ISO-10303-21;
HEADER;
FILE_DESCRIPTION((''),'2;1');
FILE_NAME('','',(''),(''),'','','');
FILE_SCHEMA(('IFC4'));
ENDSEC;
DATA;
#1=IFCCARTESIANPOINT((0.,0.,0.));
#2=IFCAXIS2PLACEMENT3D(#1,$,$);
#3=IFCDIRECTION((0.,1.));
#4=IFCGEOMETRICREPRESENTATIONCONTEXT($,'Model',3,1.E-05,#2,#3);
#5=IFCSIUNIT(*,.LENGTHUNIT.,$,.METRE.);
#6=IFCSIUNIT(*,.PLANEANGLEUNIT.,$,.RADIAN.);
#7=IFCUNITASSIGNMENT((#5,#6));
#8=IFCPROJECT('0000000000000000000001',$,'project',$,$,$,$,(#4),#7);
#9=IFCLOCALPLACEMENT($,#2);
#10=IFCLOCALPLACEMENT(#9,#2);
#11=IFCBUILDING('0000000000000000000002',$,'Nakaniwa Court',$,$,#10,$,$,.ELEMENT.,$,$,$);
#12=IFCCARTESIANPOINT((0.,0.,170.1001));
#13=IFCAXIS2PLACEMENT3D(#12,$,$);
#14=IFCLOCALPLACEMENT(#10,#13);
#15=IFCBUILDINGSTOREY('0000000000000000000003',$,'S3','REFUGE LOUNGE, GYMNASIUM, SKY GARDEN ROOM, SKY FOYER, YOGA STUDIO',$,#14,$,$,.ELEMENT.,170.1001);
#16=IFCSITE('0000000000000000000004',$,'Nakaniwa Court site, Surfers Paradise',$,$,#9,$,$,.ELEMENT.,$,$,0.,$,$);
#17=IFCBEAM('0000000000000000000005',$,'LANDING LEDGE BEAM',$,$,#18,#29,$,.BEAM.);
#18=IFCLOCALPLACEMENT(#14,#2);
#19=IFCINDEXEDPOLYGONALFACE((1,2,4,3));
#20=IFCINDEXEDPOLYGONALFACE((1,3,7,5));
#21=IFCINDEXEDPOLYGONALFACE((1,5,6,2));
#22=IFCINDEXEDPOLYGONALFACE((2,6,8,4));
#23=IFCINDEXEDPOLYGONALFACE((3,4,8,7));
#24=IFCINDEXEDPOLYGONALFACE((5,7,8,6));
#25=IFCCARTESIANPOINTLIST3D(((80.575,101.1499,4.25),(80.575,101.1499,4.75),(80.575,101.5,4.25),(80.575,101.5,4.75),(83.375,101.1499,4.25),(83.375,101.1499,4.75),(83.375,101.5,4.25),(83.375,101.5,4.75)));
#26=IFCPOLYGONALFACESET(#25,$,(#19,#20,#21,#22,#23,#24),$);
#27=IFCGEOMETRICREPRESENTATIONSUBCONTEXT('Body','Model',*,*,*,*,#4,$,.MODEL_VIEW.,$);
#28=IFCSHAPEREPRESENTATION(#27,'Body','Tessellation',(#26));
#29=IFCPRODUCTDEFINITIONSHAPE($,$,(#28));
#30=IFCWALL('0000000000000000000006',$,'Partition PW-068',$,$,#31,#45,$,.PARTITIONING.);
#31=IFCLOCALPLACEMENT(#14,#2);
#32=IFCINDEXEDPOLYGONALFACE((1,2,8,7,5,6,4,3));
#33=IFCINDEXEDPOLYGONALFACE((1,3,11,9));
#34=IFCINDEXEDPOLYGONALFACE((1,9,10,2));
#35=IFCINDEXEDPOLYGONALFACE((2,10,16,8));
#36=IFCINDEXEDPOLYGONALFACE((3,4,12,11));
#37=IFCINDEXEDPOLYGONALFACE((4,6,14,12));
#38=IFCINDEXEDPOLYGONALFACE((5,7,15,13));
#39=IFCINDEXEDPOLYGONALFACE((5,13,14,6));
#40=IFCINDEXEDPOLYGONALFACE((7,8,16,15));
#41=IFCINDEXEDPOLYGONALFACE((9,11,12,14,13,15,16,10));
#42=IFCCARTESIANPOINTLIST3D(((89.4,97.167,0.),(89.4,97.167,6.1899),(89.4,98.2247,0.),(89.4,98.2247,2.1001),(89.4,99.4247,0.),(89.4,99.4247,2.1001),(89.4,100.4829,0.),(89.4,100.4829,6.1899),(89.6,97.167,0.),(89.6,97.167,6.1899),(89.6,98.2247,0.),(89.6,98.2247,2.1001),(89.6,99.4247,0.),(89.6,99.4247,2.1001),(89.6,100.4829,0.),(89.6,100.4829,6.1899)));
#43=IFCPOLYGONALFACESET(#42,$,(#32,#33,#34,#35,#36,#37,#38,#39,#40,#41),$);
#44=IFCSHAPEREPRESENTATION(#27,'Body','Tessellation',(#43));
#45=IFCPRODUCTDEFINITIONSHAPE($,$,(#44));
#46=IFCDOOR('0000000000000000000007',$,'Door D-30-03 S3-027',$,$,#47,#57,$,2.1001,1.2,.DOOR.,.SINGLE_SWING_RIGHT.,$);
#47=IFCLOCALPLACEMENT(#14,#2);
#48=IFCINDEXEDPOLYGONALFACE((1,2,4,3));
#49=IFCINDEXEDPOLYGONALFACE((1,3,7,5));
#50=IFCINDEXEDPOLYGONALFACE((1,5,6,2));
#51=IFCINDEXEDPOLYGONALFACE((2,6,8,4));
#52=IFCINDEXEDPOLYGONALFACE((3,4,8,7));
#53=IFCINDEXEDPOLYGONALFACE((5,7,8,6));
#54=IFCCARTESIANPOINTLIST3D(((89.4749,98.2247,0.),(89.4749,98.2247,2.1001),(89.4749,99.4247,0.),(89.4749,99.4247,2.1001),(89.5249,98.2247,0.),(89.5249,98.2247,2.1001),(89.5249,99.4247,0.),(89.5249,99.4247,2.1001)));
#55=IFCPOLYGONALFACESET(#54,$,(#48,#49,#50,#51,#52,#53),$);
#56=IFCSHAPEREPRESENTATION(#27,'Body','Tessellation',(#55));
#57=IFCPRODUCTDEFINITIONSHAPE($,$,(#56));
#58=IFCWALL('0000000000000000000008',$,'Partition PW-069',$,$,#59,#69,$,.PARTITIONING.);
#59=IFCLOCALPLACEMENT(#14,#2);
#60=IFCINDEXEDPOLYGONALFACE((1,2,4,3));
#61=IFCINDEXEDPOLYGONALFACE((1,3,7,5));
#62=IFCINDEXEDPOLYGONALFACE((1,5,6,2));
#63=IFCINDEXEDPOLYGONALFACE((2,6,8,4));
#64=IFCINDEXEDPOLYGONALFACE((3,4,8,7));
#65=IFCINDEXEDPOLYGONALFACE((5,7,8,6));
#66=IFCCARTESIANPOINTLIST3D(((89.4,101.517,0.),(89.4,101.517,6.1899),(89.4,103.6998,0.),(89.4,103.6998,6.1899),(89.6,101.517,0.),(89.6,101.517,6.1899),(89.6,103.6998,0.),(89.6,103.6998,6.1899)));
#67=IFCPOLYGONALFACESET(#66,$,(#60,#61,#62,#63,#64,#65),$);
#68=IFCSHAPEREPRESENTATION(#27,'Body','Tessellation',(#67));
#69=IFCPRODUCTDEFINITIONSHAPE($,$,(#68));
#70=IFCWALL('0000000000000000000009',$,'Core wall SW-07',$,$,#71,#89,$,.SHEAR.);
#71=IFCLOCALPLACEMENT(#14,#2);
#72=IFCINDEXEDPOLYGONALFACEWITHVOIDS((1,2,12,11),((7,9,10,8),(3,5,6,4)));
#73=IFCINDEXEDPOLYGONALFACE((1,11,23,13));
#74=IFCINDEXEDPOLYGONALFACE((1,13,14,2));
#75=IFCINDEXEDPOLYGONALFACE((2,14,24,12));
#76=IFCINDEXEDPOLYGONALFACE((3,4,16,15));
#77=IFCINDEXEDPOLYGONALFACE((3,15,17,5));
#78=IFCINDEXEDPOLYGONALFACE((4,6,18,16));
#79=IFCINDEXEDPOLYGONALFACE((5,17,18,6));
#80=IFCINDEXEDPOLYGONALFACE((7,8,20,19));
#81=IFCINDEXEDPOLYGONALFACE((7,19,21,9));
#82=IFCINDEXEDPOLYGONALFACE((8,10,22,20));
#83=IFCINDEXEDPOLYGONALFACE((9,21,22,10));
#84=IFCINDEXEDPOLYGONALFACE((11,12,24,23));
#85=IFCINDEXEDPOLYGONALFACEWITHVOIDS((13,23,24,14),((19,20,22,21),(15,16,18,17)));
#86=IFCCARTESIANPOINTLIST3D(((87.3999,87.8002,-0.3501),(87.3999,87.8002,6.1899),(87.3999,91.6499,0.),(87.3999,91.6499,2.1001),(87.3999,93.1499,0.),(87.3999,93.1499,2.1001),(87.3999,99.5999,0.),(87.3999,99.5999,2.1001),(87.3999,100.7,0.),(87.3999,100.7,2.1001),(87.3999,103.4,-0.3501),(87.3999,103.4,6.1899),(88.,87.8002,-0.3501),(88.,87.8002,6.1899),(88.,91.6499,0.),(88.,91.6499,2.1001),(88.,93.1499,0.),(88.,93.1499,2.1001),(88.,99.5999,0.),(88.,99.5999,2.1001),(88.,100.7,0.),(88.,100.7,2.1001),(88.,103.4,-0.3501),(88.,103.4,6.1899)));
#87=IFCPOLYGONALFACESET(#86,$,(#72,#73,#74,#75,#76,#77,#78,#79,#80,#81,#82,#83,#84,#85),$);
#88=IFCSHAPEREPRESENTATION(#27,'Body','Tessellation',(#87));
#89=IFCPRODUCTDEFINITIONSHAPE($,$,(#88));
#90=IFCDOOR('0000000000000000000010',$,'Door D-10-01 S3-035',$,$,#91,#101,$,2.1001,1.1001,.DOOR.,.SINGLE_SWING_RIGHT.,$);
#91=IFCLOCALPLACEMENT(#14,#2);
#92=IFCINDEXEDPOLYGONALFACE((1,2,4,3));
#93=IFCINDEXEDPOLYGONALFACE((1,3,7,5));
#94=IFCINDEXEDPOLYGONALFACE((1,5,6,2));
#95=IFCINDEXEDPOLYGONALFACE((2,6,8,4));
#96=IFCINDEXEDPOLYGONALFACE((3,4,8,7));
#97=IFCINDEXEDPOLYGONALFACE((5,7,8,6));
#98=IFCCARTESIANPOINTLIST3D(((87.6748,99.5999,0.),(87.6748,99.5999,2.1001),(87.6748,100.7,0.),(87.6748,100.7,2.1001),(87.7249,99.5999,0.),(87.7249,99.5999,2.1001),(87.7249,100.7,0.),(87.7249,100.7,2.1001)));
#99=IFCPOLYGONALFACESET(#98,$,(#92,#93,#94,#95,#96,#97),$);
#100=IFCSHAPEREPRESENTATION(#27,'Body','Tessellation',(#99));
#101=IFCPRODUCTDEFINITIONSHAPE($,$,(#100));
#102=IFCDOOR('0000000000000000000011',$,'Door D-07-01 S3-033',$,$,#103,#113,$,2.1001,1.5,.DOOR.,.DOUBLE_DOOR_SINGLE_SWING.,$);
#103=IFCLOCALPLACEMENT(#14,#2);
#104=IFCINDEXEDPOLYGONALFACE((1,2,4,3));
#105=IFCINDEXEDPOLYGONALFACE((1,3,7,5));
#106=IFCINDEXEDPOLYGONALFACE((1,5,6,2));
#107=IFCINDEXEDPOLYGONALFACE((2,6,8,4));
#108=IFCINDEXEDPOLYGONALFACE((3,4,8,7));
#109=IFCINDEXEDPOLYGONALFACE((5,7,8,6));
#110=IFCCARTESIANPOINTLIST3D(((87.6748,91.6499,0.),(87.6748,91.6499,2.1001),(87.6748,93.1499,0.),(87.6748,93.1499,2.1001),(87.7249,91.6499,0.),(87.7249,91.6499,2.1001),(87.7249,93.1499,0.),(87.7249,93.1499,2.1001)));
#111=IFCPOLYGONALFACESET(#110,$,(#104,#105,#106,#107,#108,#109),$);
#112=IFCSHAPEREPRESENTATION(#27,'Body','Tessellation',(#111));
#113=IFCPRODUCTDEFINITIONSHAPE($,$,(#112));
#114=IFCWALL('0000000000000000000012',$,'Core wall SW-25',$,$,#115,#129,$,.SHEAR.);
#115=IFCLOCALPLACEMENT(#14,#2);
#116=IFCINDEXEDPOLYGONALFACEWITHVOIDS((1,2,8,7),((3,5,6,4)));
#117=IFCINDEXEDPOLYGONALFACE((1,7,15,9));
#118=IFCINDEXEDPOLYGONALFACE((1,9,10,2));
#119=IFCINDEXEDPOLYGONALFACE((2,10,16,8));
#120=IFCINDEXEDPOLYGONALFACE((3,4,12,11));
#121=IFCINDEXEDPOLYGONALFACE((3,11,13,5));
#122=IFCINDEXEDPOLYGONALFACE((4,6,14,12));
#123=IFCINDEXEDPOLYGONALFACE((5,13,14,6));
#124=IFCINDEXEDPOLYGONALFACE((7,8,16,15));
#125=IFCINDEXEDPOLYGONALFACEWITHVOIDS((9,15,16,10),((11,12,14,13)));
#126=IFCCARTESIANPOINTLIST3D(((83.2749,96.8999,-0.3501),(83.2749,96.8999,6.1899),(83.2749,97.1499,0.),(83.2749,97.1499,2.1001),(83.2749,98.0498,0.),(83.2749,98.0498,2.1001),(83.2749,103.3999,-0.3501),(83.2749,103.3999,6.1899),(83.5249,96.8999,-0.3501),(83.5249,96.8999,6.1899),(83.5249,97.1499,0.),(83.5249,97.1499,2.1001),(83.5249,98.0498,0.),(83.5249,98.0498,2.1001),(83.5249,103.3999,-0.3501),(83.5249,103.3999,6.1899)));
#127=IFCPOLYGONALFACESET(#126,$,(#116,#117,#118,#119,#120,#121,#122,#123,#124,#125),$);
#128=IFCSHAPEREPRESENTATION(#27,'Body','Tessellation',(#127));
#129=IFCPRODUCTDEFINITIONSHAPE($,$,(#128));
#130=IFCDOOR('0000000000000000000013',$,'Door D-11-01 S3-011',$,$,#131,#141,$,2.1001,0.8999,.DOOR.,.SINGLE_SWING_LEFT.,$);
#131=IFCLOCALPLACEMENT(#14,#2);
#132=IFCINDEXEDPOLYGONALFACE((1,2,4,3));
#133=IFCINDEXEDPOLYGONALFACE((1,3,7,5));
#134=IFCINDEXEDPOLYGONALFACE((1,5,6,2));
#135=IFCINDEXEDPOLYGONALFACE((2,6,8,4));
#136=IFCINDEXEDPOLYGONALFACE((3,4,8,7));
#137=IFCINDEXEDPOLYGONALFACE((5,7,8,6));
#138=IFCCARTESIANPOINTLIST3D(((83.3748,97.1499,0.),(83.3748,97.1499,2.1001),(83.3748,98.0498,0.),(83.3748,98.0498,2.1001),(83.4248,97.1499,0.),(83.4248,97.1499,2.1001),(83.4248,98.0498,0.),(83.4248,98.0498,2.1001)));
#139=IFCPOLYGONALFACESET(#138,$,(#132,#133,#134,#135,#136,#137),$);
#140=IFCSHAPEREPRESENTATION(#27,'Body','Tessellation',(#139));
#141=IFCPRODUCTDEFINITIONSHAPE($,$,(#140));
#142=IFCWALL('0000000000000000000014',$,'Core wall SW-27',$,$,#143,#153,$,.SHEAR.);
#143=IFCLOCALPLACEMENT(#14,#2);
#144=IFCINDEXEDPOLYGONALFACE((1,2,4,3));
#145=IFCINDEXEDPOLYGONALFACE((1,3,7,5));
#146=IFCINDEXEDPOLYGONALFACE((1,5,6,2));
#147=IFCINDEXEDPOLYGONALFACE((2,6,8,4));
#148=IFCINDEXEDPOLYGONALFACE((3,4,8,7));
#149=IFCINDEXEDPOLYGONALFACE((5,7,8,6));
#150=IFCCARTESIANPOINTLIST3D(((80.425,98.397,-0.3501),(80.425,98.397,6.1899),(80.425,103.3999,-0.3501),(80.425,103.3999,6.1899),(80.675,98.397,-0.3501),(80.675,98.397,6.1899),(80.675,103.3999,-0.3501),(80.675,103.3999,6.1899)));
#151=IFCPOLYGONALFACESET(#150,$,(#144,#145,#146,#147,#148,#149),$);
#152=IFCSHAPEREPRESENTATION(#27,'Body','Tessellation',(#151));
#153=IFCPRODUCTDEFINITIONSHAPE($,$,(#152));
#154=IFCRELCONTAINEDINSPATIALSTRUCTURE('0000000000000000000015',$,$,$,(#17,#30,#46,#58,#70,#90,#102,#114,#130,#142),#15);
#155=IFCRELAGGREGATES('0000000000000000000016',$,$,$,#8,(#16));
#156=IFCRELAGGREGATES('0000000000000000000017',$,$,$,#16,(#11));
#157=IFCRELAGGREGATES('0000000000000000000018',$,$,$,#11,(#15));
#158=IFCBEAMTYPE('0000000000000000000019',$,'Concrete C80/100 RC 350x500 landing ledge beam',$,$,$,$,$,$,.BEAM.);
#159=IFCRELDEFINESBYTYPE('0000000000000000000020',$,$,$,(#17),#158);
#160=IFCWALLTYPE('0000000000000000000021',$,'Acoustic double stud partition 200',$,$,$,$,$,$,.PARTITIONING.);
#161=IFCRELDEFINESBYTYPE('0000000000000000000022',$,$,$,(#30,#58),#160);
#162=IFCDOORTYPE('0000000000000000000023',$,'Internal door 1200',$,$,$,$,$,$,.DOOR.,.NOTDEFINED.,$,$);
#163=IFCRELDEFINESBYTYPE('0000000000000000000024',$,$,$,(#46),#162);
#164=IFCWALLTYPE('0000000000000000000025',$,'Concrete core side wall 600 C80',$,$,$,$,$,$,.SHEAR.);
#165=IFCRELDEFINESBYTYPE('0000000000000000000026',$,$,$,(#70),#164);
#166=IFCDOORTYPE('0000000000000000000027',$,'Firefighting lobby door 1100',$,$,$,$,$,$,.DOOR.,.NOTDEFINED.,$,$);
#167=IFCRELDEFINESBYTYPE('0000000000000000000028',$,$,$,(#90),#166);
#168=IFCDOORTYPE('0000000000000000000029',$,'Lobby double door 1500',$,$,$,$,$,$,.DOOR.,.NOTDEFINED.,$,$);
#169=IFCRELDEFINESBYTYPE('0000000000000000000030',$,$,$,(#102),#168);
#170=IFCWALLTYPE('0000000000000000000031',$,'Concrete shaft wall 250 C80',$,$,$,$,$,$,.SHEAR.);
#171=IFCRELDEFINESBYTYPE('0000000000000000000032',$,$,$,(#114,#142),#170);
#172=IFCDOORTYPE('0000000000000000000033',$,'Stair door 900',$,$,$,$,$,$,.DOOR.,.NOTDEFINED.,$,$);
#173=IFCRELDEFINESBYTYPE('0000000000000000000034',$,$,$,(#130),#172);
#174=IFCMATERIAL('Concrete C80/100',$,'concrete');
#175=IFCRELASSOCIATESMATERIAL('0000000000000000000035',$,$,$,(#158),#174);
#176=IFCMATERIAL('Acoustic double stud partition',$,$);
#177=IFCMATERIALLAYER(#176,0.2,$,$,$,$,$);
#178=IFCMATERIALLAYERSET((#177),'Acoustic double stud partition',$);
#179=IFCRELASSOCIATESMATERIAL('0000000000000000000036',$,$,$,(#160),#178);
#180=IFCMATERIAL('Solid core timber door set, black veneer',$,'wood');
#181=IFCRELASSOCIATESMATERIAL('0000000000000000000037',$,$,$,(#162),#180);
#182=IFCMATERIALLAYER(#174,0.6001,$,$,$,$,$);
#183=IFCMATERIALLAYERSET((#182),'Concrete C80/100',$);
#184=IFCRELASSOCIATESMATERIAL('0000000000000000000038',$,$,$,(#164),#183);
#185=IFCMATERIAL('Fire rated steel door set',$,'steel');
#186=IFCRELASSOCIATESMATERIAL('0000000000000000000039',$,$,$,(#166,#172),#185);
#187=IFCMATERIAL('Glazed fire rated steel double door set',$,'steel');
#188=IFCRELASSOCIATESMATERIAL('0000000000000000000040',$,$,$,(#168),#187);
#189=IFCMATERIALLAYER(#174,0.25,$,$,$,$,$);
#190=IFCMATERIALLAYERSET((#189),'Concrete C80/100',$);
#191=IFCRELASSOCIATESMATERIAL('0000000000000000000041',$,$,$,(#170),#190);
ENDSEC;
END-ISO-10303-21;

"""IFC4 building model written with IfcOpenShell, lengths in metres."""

from ifc_helpers import new_model, si_unit, direction, frame, frame_2d, origin, origin_2d, place, context, subcontext, project, spatial, rectangle, extrude, material, layer, layer_set, material_profile, profile_set, type_object, element, fill, save


model = new_model("IFC4")

# Units and contexts
model_context = context("Model", 3, precision=1e-05, world=origin(), true_north=direction((0.0, 1.0)))
body_context = subcontext(model_context, "Body", "Model", "MODEL_VIEW")
ifc_project = project(units=[si_unit("LENGTHUNIT", "METRE"), si_unit("PLANEANGLEUNIT", "RADIAN")], contexts=[model_context])

# Site, building, storey
site_placement = place(None, origin())
site = spatial("IfcSite", under=ifc_project, at=site_placement, Name="Nakaniwa Court site, Surfers Paradise", CompositionType="ELEMENT", RefElevation=0.0)
building_placement = place(site_placement, origin())
building = spatial("IfcBuilding", under=site, at=building_placement, Name="Nakaniwa Court", CompositionType="ELEMENT")
storey_placement = place(building_placement, frame((0.0, 0.0, 170.1001)))
storey = spatial("IfcBuildingStorey", under=building, at=storey_placement, Name="S3", Description="REFUGE LOUNGE, GYMNASIUM, SKY GARDEN ROOM, SKY FOYER, YOGA STUDIO", CompositionType="ELEMENT", Elevation=170.1001)

# Beam
ifc_material_1 = material(Name="Concrete C80/100", Category="concrete")
ifc_material_profile = material_profile(ifc_material_1, rectangle(XDim=0.3501, YDim=0.5, at=origin_2d()), Name="Concrete C80/100 RC 350x500 landing ledge beam")
ifc_profile_set = profile_set([ifc_material_profile], Name="Concrete C80/100")
beam_type = type_object("IfcBeamType", Name="Concrete C80/100 RC 350x500 landing ledge beam", PredefinedType="BEAM", material=ifc_profile_set)
beam_placement = place(storey_placement, frame((80.575, 101.325, 4.5), z_axis=(1.0, 0.0, 0.0), x_axis=(0.0, 1.0, 0.0)))
element("IfcBeam", 1, at=beam_placement, inside=storey, type_object=beam_type, Name="LANDING LEDGE BEAM", PredefinedType="BEAM", context=body_context, shape_type="SweptSolid", body=[
    extrude(rectangle(XDim=0.3501, YDim=0.5, at=origin_2d()), origin(), (0.0, 0.0, 1.0), 2.8),
])

# Wall, opening, door
ifc_material_2 = material(Name="Acoustic double stud partition")
ifc_layer_1 = layer(ifc_material_2, 0.2)
ifc_layer_set_1 = layer_set([ifc_layer_1], Name="Acoustic double stud partition")
wall_type_1 = type_object("IfcWallType", Name="Acoustic double stud partition 200", PredefinedType="PARTITIONING", material=ifc_layer_set_1)
wall_1_placement = place(storey_placement, frame((89.5, 100.4829, 0.0), z_axis=(0.0, 0.0, 1.0), x_axis=(0.0, -1.0, 0.0)))
wall_1 = element("IfcWall", 2, at=wall_1_placement, inside=storey, type_object=wall_type_1, Name="Partition PW-068", PredefinedType="PARTITIONING", context=body_context, shape_type="SweptSolid", body=[
    extrude(rectangle(XDim=3.3159, YDim=0.2, at=frame_2d((1.658, 0.0))), origin(), (0.0, 0.0, 1.0), 6.1899),
])
opening_1_placement = place(wall_1_placement, frame((1.0581, 0.0, 0.0)))
opening_1 = element("IfcOpeningElement", 3, at=opening_1_placement, cuts=wall_1, PredefinedType="OPENING", context=body_context, shape_type="SweptSolid", body=[
    extrude(rectangle(XDim=1.2, YDim=2.1001, at=frame_2d((0.6001, 1.05))), frame((0.0, 0.1099, 0.0), z_axis=(0.0, -1.0, 0.0), x_axis=(1.0, 0.0, 0.0)), (0.0, 0.0, 1.0), 0.22),
])
ifc_material_3 = material(Name="Solid core timber door set, black veneer", Category="wood")
door_type_1 = type_object("IfcDoorType", Name="Internal door 1200", OperationType="NOTDEFINED", PredefinedType="DOOR", material=ifc_material_3)
door_1_placement = place(opening_1_placement, origin())
door_1 = element("IfcDoor", 4, at=door_1_placement, inside=storey, type_object=door_type_1, Name="Door D-30-03 S3-027", OperationType="SINGLE_SWING_RIGHT", OverallHeight=2.1001, OverallWidth=1.2, PredefinedType="DOOR", context=body_context, shape_type="SweptSolid", body=[
    extrude(rectangle(XDim=1.2, YDim=2.1001, at=frame_2d((0.6001, 1.05))), frame((0.0, 0.0249, 0.0), z_axis=(0.0, -1.0, 0.0), x_axis=(1.0, 0.0, 0.0)), (0.0, 0.0, 1.0), 0.05),
])
fill(opening_1, door_1)

# Wall
wall_2_placement = place(storey_placement, frame((89.5, 101.5171, 0.0), z_axis=(0.0, 0.0, 1.0), x_axis=(0.0, 1.0, 0.0)))
element("IfcWall", 5, at=wall_2_placement, inside=storey, type_object=wall_type_1, Name="Partition PW-069", PredefinedType="PARTITIONING", context=body_context, shape_type="SweptSolid", body=[
    extrude(rectangle(XDim=2.1829, YDim=0.2, at=frame_2d((1.0913, 0.0))), origin(), (0.0, 0.0, 1.0), 6.1899),
])

# Wall, openings, doors
ifc_layer_2 = layer(ifc_material_1, 0.6001)
ifc_layer_set_2 = layer_set([ifc_layer_2], Name="Concrete C80/100")
wall_type_2 = type_object("IfcWallType", Name="Concrete core side wall 600 C80", PredefinedType="SHEAR", material=ifc_layer_set_2)
wall_3_placement = place(storey_placement, frame((87.7, 103.3999, -0.3501), z_axis=(0.0, 0.0, 1.0), x_axis=(0.0, -1.0, 0.0)))
wall_3 = element("IfcWall", 6, at=wall_3_placement, inside=storey, type_object=wall_type_2, Name="Core wall SW-07", PredefinedType="SHEAR", context=body_context, shape_type="SweptSolid", body=[
    extrude(rectangle(XDim=15.5999, YDim=0.6001, at=frame_2d((7.7998, 0.0))), origin(), (0.0, 0.0, 1.0), 6.54),
])
opening_2_placement = place(wall_3_placement, frame((10.25, 0.0, 0.3501)))
opening_2 = element("IfcOpeningElement", 7, at=opening_2_placement, cuts=wall_3, PredefinedType="OPENING", context=body_context, shape_type="SweptSolid", body=[
    extrude(rectangle(XDim=1.5, YDim=2.1001, at=frame_2d((0.75, 1.05))), frame((0.0, 0.3101, 0.0), z_axis=(0.0, -1.0, 0.0), x_axis=(1.0, 0.0, 0.0)), (0.0, 0.0, 1.0), 0.6201),
])
opening_3_placement = place(wall_3_placement, frame((2.7, 0.0, 0.3501)))
opening_3 = element("IfcOpeningElement", 8, at=opening_3_placement, cuts=wall_3, PredefinedType="OPENING", context=body_context, shape_type="SweptSolid", body=[
    extrude(rectangle(XDim=1.1001, YDim=2.1001, at=frame_2d((0.55, 1.05))), frame((0.0, 0.3101, 0.0), z_axis=(0.0, -1.0, 0.0), x_axis=(1.0, 0.0, 0.0)), (0.0, 0.0, 1.0), 0.6201),
])
ifc_material_4 = material(Name="Fire rated steel door set", Category="steel")
door_type_2 = type_object("IfcDoorType", Name="Firefighting lobby door 1100", OperationType="NOTDEFINED", PredefinedType="DOOR", material=ifc_material_4)
door_2_placement = place(opening_3_placement, origin())
door_2 = element("IfcDoor", 9, at=door_2_placement, inside=storey, type_object=door_type_2, Name="Door D-10-01 S3-035", OperationType="SINGLE_SWING_RIGHT", OverallHeight=2.1001, OverallWidth=1.1001, PredefinedType="DOOR", context=body_context, shape_type="SweptSolid", body=[
    extrude(rectangle(XDim=1.1001, YDim=2.1001, at=frame_2d((0.55, 1.05))), frame((0.0, 0.0249, 0.0), z_axis=(0.0, -1.0, 0.0), x_axis=(1.0, 0.0, 0.0)), (0.0, 0.0, 1.0), 0.05),
])
fill(opening_3, door_2)
ifc_material_5 = material(Name="Glazed fire rated steel double door set", Category="steel")
door_type_3 = type_object("IfcDoorType", Name="Lobby double door 1500", OperationType="NOTDEFINED", PredefinedType="DOOR", material=ifc_material_5)
door_3_placement = place(opening_2_placement, origin())
door_3 = element("IfcDoor", 10, at=door_3_placement, inside=storey, type_object=door_type_3, Name="Door D-07-01 S3-033", OperationType="DOUBLE_DOOR_SINGLE_SWING", OverallHeight=2.1001, OverallWidth=1.5, PredefinedType="DOOR", context=body_context, shape_type="SweptSolid", body=[
    extrude(rectangle(XDim=1.5, YDim=2.1001, at=frame_2d((0.75, 1.05))), frame((0.0, 0.0249, 0.0), z_axis=(0.0, -1.0, 0.0), x_axis=(1.0, 0.0, 0.0)), (0.0, 0.0, 1.0), 0.05),
])
fill(opening_2, door_3)

# Wall, opening, door
ifc_layer_3 = layer(ifc_material_1, 0.25)
ifc_layer_set_3 = layer_set([ifc_layer_3], Name="Concrete C80/100")
wall_type_3 = type_object("IfcWallType", Name="Concrete shaft wall 250 C80", PredefinedType="SHEAR", material=ifc_layer_set_3)
wall_4_placement = place(storey_placement, frame((83.3999, 103.3999, -0.3501), z_axis=(0.0, 0.0, 1.0), x_axis=(0.0, -1.0, 0.0)))
wall_4 = element("IfcWall", 11, at=wall_4_placement, inside=storey, type_object=wall_type_3, Name="Core wall SW-25", PredefinedType="SHEAR", context=body_context, shape_type="SweptSolid", body=[
    extrude(rectangle(XDim=6.5, YDim=0.25, at=frame_2d((3.25, 0.0))), origin(), (0.0, 0.0, 1.0), 6.54),
])
opening_4_placement = place(wall_4_placement, frame((5.3501, 0.0, 0.3501)))
opening_4 = element("IfcOpeningElement", 12, at=opening_4_placement, cuts=wall_4, PredefinedType="OPENING", context=body_context, shape_type="SweptSolid", body=[
    extrude(rectangle(XDim=0.8999, YDim=2.1001, at=frame_2d((0.45, 1.05))), frame((0.0, 0.135, 0.0), z_axis=(0.0, -1.0, 0.0), x_axis=(1.0, 0.0, 0.0)), (0.0, 0.0, 1.0), 0.27),
])
door_type_4 = type_object("IfcDoorType", Name="Stair door 900", OperationType="NOTDEFINED", PredefinedType="DOOR", material=ifc_material_4)
door_4_placement = place(opening_4_placement, origin())
door_4 = element("IfcDoor", 13, at=door_4_placement, inside=storey, type_object=door_type_4, Name="Door D-11-01 S3-011", OperationType="SINGLE_SWING_LEFT", OverallHeight=2.1001, OverallWidth=0.8999, PredefinedType="DOOR", context=body_context, shape_type="SweptSolid", body=[
    extrude(rectangle(XDim=0.8999, YDim=2.1001, at=frame_2d((0.45, 1.05))), frame((0.0, 0.0249, 0.0), z_axis=(0.0, -1.0, 0.0), x_axis=(1.0, 0.0, 0.0)), (0.0, 0.0, 1.0), 0.05),
])
fill(opening_4, door_4)

# Wall
wall_5_placement = place(storey_placement, frame((80.55, 98.397, -0.3501), z_axis=(0.0, 0.0, 1.0), x_axis=(0.0, 1.0, 0.0)))
element("IfcWall", 14, at=wall_5_placement, inside=storey, type_object=wall_type_3, Name="Core wall SW-27", PredefinedType="SHEAR", context=body_context, shape_type="SweptSolid", body=[
    extrude(rectangle(XDim=5.0029, YDim=0.25, at=frame_2d((2.5015, 0.0))), origin(), (0.0, 0.0, 1.0), 6.54),
])

save(model, "model.ifc")
